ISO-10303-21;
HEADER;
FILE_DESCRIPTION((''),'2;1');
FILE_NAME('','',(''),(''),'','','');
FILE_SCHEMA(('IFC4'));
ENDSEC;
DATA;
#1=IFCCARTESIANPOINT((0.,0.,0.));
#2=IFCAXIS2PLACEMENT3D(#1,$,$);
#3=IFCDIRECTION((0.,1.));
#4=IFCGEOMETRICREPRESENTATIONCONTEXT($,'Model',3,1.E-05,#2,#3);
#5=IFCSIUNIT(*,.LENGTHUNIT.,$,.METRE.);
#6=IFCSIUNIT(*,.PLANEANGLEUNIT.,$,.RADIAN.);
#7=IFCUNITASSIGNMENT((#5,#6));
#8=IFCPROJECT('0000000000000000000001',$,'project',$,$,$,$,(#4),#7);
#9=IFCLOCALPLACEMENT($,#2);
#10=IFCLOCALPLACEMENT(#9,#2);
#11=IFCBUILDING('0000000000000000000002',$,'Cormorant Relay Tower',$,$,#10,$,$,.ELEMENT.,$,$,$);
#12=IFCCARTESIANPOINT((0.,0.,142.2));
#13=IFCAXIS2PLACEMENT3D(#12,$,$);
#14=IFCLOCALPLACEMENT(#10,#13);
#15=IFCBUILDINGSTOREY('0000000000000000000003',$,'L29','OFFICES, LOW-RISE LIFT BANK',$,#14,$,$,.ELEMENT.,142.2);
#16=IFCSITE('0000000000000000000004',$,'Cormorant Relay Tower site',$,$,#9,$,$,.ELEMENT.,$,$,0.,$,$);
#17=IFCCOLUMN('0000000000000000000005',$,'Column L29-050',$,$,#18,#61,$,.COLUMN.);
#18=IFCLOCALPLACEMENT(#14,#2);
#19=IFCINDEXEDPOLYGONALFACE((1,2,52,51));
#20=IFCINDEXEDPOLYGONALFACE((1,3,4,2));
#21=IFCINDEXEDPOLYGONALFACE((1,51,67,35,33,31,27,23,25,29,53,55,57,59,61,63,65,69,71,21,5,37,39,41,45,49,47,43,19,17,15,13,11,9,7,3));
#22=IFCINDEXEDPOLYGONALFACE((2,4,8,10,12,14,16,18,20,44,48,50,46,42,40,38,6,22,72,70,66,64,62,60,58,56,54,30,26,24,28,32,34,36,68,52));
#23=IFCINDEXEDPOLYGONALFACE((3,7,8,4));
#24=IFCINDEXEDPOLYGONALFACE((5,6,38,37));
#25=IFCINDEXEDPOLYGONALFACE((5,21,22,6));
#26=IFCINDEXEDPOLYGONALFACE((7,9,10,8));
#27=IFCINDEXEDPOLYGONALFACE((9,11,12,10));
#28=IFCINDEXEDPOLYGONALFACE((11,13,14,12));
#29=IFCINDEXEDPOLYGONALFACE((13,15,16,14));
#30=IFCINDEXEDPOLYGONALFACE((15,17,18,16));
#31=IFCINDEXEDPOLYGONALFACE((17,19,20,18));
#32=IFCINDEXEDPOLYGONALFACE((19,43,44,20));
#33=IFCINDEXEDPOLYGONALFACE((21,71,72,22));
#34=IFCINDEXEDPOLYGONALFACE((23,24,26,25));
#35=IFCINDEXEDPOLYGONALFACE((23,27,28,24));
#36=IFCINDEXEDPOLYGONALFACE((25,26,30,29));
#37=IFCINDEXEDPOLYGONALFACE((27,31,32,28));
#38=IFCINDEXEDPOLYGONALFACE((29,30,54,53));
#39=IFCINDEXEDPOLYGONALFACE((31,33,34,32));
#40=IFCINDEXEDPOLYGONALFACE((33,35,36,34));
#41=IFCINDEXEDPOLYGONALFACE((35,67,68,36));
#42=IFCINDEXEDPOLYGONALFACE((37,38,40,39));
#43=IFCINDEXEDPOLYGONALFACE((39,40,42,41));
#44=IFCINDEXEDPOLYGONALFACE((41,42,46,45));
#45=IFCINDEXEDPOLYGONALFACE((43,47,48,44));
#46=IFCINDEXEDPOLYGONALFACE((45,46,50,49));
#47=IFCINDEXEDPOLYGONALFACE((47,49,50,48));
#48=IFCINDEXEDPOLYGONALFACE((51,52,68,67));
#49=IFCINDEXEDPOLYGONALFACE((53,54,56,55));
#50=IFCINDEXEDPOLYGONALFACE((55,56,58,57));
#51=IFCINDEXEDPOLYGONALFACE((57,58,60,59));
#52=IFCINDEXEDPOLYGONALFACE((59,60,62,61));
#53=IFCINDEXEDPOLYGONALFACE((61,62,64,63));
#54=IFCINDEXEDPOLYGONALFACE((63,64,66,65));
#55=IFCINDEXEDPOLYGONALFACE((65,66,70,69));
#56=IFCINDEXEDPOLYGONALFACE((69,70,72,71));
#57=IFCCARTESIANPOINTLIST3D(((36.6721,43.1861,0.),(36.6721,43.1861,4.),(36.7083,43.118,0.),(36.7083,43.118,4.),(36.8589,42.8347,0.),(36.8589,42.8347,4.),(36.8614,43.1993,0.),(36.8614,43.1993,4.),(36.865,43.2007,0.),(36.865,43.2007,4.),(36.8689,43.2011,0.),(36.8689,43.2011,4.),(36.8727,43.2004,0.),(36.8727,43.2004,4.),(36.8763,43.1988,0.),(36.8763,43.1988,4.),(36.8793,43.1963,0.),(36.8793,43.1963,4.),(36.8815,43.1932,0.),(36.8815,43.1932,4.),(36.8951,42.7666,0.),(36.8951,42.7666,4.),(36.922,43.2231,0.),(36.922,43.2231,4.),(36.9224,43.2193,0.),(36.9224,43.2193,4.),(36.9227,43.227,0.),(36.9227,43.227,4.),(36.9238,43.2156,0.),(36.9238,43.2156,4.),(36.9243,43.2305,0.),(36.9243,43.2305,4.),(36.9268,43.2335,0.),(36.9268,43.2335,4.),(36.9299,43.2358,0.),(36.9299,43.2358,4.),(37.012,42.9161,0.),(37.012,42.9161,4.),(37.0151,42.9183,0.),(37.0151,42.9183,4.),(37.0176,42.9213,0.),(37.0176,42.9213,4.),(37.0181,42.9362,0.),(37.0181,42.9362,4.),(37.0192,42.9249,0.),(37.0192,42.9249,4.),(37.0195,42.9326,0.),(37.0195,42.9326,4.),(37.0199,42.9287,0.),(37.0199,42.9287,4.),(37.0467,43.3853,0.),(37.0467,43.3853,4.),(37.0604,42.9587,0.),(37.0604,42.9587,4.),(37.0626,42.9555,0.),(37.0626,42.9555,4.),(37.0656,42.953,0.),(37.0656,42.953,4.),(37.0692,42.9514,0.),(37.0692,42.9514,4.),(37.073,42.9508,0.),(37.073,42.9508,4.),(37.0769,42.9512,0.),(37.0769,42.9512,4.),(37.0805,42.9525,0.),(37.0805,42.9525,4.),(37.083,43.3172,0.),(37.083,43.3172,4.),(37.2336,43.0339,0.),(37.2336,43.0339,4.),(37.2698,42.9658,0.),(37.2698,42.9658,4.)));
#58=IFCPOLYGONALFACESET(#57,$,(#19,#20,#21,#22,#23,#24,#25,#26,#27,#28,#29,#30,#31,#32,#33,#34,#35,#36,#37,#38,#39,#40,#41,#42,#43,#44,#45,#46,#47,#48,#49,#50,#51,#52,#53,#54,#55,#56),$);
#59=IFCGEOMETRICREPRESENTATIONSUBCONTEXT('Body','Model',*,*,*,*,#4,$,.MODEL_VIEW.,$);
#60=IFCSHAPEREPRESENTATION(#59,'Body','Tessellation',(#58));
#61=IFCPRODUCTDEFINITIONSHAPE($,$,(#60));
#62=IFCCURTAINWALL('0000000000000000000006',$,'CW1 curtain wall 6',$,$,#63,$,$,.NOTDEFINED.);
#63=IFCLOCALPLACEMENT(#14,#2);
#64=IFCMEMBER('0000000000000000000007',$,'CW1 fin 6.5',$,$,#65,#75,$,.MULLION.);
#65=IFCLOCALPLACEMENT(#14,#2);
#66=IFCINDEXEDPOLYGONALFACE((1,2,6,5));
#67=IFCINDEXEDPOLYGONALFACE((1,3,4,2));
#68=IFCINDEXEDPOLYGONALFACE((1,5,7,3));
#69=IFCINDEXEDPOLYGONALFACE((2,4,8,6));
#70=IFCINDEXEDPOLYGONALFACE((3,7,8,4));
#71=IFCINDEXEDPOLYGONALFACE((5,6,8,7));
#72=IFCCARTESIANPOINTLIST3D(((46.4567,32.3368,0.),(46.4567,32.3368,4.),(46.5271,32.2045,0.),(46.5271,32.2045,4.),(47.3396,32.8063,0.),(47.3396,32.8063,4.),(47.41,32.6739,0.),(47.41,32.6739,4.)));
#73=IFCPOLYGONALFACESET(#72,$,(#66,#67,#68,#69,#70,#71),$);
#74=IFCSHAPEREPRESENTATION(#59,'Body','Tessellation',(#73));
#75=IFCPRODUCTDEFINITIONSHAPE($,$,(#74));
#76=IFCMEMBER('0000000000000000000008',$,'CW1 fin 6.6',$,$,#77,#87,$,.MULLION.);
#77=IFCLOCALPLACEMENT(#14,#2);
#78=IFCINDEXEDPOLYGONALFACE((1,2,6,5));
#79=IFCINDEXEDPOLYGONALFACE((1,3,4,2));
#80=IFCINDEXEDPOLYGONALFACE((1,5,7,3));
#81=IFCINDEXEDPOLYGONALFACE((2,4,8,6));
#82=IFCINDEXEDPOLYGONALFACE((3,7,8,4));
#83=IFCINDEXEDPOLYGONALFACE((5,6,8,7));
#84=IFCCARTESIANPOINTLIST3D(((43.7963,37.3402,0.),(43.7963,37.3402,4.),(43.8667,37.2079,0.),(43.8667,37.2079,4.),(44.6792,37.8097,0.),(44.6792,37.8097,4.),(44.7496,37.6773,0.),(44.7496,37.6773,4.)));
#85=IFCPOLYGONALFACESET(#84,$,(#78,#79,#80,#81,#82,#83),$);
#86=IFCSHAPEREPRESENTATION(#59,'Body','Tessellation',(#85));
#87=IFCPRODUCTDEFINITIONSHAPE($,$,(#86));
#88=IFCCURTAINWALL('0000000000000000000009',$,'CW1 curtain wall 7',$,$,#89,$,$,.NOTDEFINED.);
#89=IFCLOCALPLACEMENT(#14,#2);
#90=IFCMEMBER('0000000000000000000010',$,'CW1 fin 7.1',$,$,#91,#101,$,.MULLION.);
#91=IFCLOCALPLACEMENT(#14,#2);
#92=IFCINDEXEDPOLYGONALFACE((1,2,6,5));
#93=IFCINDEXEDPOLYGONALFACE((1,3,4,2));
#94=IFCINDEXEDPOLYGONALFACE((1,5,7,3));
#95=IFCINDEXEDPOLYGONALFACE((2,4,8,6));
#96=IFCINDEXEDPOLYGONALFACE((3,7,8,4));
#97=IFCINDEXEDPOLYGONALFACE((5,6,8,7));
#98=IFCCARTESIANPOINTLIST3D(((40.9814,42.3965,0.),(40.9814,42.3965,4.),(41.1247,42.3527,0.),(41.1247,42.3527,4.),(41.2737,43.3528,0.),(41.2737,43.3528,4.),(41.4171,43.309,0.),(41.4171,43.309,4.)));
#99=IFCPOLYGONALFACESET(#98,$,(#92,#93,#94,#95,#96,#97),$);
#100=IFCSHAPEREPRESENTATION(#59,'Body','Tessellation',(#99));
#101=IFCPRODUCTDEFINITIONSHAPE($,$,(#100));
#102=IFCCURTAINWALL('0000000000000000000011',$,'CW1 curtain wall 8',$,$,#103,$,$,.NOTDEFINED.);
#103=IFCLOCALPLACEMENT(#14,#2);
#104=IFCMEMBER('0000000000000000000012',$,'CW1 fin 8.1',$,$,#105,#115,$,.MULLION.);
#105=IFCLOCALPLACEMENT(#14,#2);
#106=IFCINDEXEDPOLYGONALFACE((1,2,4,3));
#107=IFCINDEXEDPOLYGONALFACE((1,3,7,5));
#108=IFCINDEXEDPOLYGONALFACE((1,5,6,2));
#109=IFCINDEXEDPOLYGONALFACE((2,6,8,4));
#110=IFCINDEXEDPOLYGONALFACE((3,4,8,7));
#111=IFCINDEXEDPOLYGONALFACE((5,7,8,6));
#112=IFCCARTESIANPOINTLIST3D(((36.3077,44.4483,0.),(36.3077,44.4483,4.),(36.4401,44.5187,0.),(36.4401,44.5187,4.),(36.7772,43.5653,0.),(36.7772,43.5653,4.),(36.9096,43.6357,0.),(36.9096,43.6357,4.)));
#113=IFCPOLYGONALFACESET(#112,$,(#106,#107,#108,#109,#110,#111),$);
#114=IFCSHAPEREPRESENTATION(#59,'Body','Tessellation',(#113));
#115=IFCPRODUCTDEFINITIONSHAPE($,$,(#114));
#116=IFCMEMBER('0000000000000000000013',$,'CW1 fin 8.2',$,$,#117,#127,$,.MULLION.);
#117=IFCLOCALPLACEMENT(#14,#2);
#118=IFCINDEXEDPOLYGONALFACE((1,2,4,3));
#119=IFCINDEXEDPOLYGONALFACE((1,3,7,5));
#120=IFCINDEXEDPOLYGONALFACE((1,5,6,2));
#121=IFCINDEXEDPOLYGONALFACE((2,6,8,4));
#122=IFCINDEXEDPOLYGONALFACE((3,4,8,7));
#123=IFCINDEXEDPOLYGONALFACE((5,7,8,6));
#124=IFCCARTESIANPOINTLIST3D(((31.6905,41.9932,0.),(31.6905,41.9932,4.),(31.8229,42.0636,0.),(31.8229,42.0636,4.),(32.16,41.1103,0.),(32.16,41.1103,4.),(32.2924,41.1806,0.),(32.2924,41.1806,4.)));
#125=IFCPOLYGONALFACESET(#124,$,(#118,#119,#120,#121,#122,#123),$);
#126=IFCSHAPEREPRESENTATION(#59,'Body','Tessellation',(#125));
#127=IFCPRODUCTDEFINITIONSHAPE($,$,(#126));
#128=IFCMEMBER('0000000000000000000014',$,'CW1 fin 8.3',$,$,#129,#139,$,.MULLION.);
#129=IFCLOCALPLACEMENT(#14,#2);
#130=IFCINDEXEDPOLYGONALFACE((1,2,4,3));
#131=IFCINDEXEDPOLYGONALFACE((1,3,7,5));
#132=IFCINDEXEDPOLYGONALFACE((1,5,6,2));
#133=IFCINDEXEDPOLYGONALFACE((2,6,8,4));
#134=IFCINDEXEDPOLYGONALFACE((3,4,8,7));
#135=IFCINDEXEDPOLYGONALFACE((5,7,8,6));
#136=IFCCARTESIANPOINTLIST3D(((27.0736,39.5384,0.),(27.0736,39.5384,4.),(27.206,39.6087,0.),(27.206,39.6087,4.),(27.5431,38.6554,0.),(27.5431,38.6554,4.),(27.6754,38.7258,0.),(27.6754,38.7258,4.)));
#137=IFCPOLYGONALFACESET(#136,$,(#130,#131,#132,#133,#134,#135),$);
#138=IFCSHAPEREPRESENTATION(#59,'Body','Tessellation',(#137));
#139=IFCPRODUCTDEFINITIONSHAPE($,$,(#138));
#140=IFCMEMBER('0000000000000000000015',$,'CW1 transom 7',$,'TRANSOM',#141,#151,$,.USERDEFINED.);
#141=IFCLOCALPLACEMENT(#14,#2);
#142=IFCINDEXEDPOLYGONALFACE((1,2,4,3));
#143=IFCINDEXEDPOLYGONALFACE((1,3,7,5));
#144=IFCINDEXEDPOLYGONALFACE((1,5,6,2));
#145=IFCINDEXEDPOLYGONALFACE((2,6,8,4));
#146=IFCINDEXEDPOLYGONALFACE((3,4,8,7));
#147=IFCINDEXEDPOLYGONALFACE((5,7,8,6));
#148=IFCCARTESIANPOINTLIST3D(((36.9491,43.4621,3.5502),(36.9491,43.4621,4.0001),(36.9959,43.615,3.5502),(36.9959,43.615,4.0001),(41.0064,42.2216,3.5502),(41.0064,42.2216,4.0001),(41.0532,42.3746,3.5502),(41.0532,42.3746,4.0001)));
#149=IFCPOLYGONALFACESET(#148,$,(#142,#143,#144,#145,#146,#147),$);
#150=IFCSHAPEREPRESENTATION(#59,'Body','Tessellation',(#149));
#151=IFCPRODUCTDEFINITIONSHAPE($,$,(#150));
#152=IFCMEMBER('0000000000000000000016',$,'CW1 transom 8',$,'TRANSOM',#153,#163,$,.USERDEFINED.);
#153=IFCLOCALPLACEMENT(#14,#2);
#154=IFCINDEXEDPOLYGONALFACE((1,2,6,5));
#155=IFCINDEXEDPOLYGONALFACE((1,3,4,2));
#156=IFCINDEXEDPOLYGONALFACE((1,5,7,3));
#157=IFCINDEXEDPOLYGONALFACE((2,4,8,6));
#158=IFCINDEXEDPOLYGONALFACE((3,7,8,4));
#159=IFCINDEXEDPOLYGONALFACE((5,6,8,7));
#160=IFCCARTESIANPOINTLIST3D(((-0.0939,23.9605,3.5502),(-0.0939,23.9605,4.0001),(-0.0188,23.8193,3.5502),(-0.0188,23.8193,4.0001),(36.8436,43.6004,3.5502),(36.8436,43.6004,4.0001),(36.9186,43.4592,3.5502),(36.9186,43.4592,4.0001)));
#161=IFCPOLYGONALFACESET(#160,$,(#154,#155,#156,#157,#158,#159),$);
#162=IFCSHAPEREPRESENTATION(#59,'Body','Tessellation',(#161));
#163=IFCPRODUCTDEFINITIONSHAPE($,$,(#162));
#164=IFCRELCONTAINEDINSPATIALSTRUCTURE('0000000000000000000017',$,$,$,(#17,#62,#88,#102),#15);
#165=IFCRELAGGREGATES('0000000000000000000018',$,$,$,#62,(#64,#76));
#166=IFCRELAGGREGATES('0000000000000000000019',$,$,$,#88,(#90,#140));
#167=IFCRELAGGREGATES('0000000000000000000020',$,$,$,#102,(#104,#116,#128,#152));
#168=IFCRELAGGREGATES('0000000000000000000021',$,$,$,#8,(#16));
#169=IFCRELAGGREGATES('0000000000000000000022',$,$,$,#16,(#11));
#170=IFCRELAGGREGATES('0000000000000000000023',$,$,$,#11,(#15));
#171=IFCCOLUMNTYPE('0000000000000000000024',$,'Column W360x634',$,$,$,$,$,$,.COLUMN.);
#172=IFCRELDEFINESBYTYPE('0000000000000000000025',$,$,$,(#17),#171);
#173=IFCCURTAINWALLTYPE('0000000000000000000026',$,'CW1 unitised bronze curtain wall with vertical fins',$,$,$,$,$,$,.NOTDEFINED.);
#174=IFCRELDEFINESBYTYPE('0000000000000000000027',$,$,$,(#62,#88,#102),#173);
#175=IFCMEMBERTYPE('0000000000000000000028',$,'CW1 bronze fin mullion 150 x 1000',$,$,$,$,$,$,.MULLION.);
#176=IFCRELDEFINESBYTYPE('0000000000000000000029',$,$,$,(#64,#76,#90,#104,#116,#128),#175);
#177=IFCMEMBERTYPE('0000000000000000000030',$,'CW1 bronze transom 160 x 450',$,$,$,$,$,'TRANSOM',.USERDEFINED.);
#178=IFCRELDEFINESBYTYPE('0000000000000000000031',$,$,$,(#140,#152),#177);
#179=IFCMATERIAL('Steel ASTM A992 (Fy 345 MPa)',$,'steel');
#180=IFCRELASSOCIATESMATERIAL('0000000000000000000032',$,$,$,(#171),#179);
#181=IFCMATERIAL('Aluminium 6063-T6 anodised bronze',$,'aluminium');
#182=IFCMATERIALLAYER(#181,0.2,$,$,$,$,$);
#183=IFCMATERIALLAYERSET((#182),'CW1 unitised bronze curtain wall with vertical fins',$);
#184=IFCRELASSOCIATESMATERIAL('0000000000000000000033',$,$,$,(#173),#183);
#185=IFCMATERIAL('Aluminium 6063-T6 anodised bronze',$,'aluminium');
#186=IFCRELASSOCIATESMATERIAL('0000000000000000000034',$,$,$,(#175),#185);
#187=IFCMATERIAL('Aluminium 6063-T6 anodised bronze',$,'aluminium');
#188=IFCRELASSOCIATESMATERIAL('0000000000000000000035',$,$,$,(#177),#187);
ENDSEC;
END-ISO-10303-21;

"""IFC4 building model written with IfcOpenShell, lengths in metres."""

from ifc_helpers import new_model, si_unit, direction, frame, origin, origin_2d, place, context, subcontext, project, spatial, rectangle, i_section, extrude, material, layer, layer_set, material_profile, profile_set, type_object, element, aggregate, save


model = new_model("IFC4")

# Units and contexts
model_context = context("Model", 3, precision=1e-05, world=origin(), true_north=direction((0.0, 1.0)))
body_context = subcontext(model_context, "Body", "Model", "MODEL_VIEW")
ifc_project = project(units=[si_unit("LENGTHUNIT", "METRE"), si_unit("PLANEANGLEUNIT", "RADIAN")], contexts=[model_context])

# Site, building, storey
site_placement = place(None, origin())
site = spatial("IfcSite", under=ifc_project, at=site_placement, Name="Cormorant Relay Tower site", CompositionType="ELEMENT", RefElevation=0.0)
building_placement = place(site_placement, origin())
building = spatial("IfcBuilding", under=site, at=building_placement, Name="Cormorant Relay Tower", CompositionType="ELEMENT")
storey_placement = place(building_placement, frame((0.0, 0.0, 142.2)))
storey = spatial("IfcBuildingStorey", under=building, at=storey_placement, Name="L29", Description="OFFICES, LOW-RISE LIFT BANK", CompositionType="ELEMENT", Elevation=142.2)

# Column
ifc_material_1 = material(Name="Steel ASTM A992 (Fy 345 MPa)", Category="steel")
ifc_material_profile_1 = material_profile(ifc_material_1, i_section(OverallWidth=0.4243, OverallDepth=0.4751, WebThickness=0.0479, FlangeThickness=0.0771, FilletRadius=0.0149, at=origin_2d()), Name="W360x634")
ifc_profile_set_1 = profile_set([ifc_material_profile_1], Name="Steel ASTM A992 (Fy 345 MPa)")
column_type_1 = type_object("IfcColumnType", Name="Column W360x634", PredefinedType="COLUMN", material=ifc_profile_set_1)
for number, where, z_axis, x_axis, name in (
    (1, (36.9709, 43.0759, 0.0), (0.0, 0.0, 1.0), (-0.882948, -0.469472, 0.0), "Column L29-050"),
):
    element("IfcColumn", number, at=place(storey_placement, frame(where, z_axis=z_axis, x_axis=x_axis)), inside=storey, type_object=column_type_1, Name=name, PredefinedType="COLUMN", context=body_context, shape_type="SweptSolid", body=[
        extrude(i_section(OverallWidth=0.4243, OverallDepth=0.4751, WebThickness=0.0479, FlangeThickness=0.0771, FilletRadius=0.0149, at=origin_2d()), origin(), (0.0, 0.0, 1.0), 4.0),
    ])

# Curtain wall, members
ifc_material_2 = material(Name="Aluminium 6063-T6 anodised bronze", Category="aluminium")
ifc_layer_1 = layer(ifc_material_2, 0.2)
ifc_layer_set_1 = layer_set([ifc_layer_1], Name="CW1 unitised bronze curtain wall with vertical fins")
curtain_wall_type = type_object("IfcCurtainWallType", Name="CW1 unitised bronze curtain wall with vertical fins", PredefinedType="NOTDEFINED", material=ifc_layer_set_1)
curtain_wall_1_placement = place(storey_placement, origin())
curtain_wall_1 = element("IfcCurtainWall", 2, at=curtain_wall_1_placement, inside=storey, type_object=curtain_wall_type, Name="CW1 curtain wall 6", PredefinedType="NOTDEFINED")
ifc_material_3 = material(Name="Aluminium 6063-T6 anodised bronze", Category="aluminium")
ifc_material_profile_2 = material_profile(ifc_material_3, rectangle(XDim=0.1499, YDim=1.0, at=origin_2d()), Name="AL 150x1000")
ifc_profile_set_2 = profile_set([ifc_material_profile_2], Name="Aluminium 6063-T6 anodised bronze")
member_type_1 = type_object("IfcMemberType", Name="CW1 bronze fin mullion 150 x 1000", PredefinedType="MULLION", material=ifc_profile_set_2)
member_1_placement = place(storey_placement, frame((46.9333, 32.5054, 0.0), z_axis=(0.0, 0.0, 1.0), x_axis=(-0.469472, 0.882948, 0.0)))
member_1 = element("IfcMember", 3, at=member_1_placement, type_object=member_type_1, Name="CW1 fin 6.5", PredefinedType="MULLION", context=body_context, shape_type="SweptSolid", body=[
    extrude(rectangle(XDim=0.1499, YDim=1.0, at=origin_2d()), origin(), (0.0, 0.0, 1.0), 4.0),
])
member_2_placement = place(storey_placement, frame((44.2729, 37.5088, 0.0), z_axis=(0.0, 0.0, 1.0), x_axis=(-0.469472, 0.882948, 0.0)))
member_2 = element("IfcMember", 4, at=member_2_placement, type_object=member_type_1, Name="CW1 fin 6.6", PredefinedType="MULLION", context=body_context, shape_type="SweptSolid", body=[
    extrude(rectangle(XDim=0.1499, YDim=1.0, at=origin_2d()), origin(), (0.0, 0.0, 1.0), 4.0),
])

# Curtain wall, member
curtain_wall_2_placement = place(storey_placement, origin())
curtain_wall_2 = element("IfcCurtainWall", 5, at=curtain_wall_2_placement, inside=storey, type_object=curtain_wall_type, Name="CW1 curtain wall 7", PredefinedType="NOTDEFINED")
member_3_placement = place(storey_placement, frame((41.1992, 42.8528, 0.0), z_axis=(0.0, 0.0, 1.0), x_axis=(-0.956305, 0.292372, 0.0)))
member_3 = element("IfcMember", 6, at=member_3_placement, type_object=member_type_1, Name="CW1 fin 7.1", PredefinedType="MULLION", context=body_context, shape_type="SweptSolid", body=[
    extrude(rectangle(XDim=0.1499, YDim=1.0, at=origin_2d()), origin(), (0.0, 0.0, 1.0), 4.0),
])

# Curtain wall, members
curtain_wall_3_placement = place(storey_placement, origin())
curtain_wall_3 = element("IfcCurtainWall", 7, at=curtain_wall_3_placement, inside=storey, type_object=curtain_wall_type, Name="CW1 curtain wall 8", PredefinedType="NOTDEFINED")
member_4_placement = place(storey_placement, frame((36.6086, 44.042, 0.0), z_axis=(0.0, 0.0, 1.0), x_axis=(-0.882948, -0.469472, 0.0)))
member_4 = element("IfcMember", 8, at=member_4_placement, type_object=member_type_1, Name="CW1 fin 8.1", PredefinedType="MULLION", context=body_context, shape_type="SweptSolid", body=[
    extrude(rectangle(XDim=0.1499, YDim=1.0, at=origin_2d()), origin(), (0.0, 0.0, 1.0), 4.0),
])
member_5_placement = place(storey_placement, frame((31.9915, 41.5869, 0.0), z_axis=(0.0, 0.0, 1.0), x_axis=(-0.882948, -0.469472, 0.0)))
member_5 = element("IfcMember", 9, at=member_5_placement, type_object=member_type_1, Name="CW1 fin 8.2", PredefinedType="MULLION", context=body_context, shape_type="SweptSolid", body=[
    extrude(rectangle(XDim=0.1499, YDim=1.0, at=origin_2d()), origin(), (0.0, 0.0, 1.0), 4.0),
])
member_6_placement = place(storey_placement, frame((27.3745, 39.1321, 0.0), z_axis=(0.0, 0.0, 1.0), x_axis=(-0.882948, -0.469472, 0.0)))
member_6 = element("IfcMember", 10, at=member_6_placement, type_object=member_type_1, Name="CW1 fin 8.3", PredefinedType="MULLION", context=body_context, shape_type="SweptSolid", body=[
    extrude(rectangle(XDim=0.1499, YDim=1.0, at=origin_2d()), origin(), (0.0, 0.0, 1.0), 4.0),
])

# Members
ifc_material_4 = material(Name="Aluminium 6063-T6 anodised bronze", Category="aluminium")
ifc_material_profile_3 = material_profile(ifc_material_4, rectangle(XDim=0.1599, YDim=0.45, at=origin_2d()), Name="AL 160x450")
ifc_profile_set_3 = profile_set([ifc_material_profile_3], Name="Aluminium 6063-T6 anodised bronze")
member_type_2 = type_object("IfcMemberType", Name="CW1 bronze transom 160 x 450", ElementType="TRANSOM", PredefinedType="USERDEFINED", material=ifc_profile_set_3)
member_7_placement = place(storey_placement, frame((41.0298, 42.2981, 3.7751), z_axis=(-0.956304, 0.292375, 0.0), x_axis=(-0.292375, -0.956304, 0.0)))
member_7 = element("IfcMember", 11, at=member_7_placement, type_object=member_type_2, Name="CW1 transom 7", ObjectType="TRANSOM", PredefinedType="USERDEFINED", context=body_context, shape_type="SweptSolid", body=[
    extrude(rectangle(XDim=0.1599, YDim=0.45, at=origin_2d()), origin(), (0.0, 0.0, 1.0), 4.2427),
])
member_8_placement = place(storey_placement, frame((36.8811, 43.5298, 3.7751), z_axis=(-0.882949, -0.469469, 0.0), x_axis=(0.469469, -0.882949, 0.0)))
member_8 = element("IfcMember", 12, at=member_8_placement, type_object=member_type_2, Name="CW1 transom 8", ObjectType="TRANSOM", PredefinedType="USERDEFINED", context=body_context, shape_type="SweptSolid", body=[
    extrude(rectangle(XDim=0.1599, YDim=0.45, at=origin_2d()), origin(), (0.0, 0.0, 1.0), 41.8342),
])

aggregate(curtain_wall_1, [member_1, member_2])
aggregate(curtain_wall_2, [member_3, member_7])
aggregate(curtain_wall_3, [member_4, member_5, member_6, member_8])

save(model, "model.ifc")
